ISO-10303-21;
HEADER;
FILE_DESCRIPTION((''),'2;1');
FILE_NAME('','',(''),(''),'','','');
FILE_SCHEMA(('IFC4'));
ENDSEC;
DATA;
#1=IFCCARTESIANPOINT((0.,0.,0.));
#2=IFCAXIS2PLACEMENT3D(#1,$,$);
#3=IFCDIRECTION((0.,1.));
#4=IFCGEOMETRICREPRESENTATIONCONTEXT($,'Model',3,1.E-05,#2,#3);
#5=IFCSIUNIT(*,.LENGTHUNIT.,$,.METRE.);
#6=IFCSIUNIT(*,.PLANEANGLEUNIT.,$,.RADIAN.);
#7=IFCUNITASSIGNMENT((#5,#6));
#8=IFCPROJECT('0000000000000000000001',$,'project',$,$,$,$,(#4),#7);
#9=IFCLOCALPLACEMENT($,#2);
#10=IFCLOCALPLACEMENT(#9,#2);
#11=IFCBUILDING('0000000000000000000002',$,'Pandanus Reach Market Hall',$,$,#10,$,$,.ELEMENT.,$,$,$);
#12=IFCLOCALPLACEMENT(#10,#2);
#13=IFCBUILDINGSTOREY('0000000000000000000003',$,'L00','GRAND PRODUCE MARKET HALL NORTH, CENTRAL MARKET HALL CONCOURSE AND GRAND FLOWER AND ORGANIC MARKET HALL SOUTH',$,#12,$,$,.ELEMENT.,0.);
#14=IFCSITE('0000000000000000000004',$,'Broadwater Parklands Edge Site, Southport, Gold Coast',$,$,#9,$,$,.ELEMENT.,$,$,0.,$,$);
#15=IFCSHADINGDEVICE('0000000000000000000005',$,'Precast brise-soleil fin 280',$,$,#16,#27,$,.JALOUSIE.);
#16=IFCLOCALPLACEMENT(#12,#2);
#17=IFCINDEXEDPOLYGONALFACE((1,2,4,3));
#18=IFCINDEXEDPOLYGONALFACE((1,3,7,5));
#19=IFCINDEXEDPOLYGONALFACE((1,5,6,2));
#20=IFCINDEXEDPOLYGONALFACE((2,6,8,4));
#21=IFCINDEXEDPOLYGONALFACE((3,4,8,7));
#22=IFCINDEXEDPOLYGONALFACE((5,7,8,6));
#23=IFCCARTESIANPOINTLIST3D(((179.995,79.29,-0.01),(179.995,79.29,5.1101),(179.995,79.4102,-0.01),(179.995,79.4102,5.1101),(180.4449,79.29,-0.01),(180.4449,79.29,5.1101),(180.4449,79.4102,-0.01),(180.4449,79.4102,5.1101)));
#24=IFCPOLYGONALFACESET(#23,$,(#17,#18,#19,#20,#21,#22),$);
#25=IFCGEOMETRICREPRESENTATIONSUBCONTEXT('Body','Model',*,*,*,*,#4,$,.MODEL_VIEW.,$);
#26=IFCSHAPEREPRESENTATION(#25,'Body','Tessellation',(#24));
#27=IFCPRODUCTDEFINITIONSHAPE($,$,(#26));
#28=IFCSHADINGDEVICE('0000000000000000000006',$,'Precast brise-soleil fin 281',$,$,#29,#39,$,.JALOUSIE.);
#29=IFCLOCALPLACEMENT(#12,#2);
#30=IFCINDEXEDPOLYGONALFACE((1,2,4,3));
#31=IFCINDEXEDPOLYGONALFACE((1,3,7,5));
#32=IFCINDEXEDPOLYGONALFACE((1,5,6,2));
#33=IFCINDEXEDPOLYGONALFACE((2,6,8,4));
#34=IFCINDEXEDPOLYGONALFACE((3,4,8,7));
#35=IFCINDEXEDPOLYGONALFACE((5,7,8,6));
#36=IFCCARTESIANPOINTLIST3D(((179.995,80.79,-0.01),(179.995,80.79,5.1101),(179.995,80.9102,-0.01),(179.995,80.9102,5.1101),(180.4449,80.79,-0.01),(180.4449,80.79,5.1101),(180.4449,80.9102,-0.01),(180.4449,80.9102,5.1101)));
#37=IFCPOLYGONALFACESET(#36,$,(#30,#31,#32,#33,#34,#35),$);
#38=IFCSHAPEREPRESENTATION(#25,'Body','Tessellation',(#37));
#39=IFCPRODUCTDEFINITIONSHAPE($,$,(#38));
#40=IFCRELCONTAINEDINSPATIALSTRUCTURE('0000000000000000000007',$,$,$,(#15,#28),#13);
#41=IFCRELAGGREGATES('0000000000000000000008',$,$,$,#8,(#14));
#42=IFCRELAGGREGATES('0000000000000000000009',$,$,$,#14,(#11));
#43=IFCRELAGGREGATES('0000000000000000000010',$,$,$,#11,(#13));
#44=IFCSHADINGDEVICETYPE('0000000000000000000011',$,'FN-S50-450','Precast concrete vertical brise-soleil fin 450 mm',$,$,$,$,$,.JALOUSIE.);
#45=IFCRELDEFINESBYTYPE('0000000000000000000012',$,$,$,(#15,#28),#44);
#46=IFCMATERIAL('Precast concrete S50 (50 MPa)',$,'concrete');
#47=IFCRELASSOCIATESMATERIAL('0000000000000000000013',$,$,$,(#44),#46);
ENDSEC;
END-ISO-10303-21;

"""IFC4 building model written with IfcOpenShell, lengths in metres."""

from ifc_helpers import new_model, si_unit, direction, frame, origin, origin_2d, place, context, subcontext, project, spatial, rectangle, extrude, material, type_object, element, save


model = new_model("IFC4")

# Units and contexts
model_context = context("Model", 3, precision=1e-05, world=origin(), true_north=direction((0.0, 1.0)))
body_context = subcontext(model_context, "Body", "Model", "MODEL_VIEW")
ifc_project = project(units=[si_unit("LENGTHUNIT", "METRE"), si_unit("PLANEANGLEUNIT", "RADIAN")], contexts=[model_context])

# Site, building, storey
site_placement = place(None, origin())
site = spatial("IfcSite", under=ifc_project, at=site_placement, Name="Broadwater Parklands Edge Site, Southport, Gold Coast", CompositionType="ELEMENT", RefElevation=0.0)
building_placement = place(site_placement, origin())
building = spatial("IfcBuilding", under=site, at=building_placement, Name="Pandanus Reach Market Hall", CompositionType="ELEMENT")
storey_placement = place(building_placement, origin())
storey = spatial("IfcBuildingStorey", under=building, at=storey_placement, Name="L00", Description="GRAND PRODUCE MARKET HALL NORTH, CENTRAL MARKET HALL CONCOURSE AND GRAND FLOWER AND ORGANIC MARKET HALL SOUTH", CompositionType="ELEMENT", Elevation=0.0)

# Shading devices
ifc_material_1 = material(Name="Precast concrete S50 (50 MPa)", Category="concrete")
shading_device_type = type_object("IfcShadingDeviceType", Name="FN-S50-450", Description="Precast concrete vertical brise-soleil fin 450 mm", PredefinedType="JALOUSIE", material=ifc_material_1)
for number, where, z_axis, x_axis, name in (
    (1, (180.22, 79.3501, -0.01), (0.0, 0.0, 1.0), (1.0, 0.0, 0.0), "Precast brise-soleil fin 280"),
    (2, (180.22, 80.8501, -0.01), (0.0, 0.0, 1.0), (1.0, 0.0, 0.0), "Precast brise-soleil fin 281"),
):
    element("IfcShadingDevice", number, at=place(storey_placement, frame(where, z_axis=z_axis, x_axis=x_axis)), inside=storey, type_object=shading_device_type, Name=name, PredefinedType="JALOUSIE", context=body_context, shape_type="SweptSolid", body=[
        extrude(rectangle(XDim=0.45, YDim=0.1201, at=origin_2d()), origin(), (0.0, 0.0, 1.0), 5.1201),
    ])

save(model, "model.ifc")
